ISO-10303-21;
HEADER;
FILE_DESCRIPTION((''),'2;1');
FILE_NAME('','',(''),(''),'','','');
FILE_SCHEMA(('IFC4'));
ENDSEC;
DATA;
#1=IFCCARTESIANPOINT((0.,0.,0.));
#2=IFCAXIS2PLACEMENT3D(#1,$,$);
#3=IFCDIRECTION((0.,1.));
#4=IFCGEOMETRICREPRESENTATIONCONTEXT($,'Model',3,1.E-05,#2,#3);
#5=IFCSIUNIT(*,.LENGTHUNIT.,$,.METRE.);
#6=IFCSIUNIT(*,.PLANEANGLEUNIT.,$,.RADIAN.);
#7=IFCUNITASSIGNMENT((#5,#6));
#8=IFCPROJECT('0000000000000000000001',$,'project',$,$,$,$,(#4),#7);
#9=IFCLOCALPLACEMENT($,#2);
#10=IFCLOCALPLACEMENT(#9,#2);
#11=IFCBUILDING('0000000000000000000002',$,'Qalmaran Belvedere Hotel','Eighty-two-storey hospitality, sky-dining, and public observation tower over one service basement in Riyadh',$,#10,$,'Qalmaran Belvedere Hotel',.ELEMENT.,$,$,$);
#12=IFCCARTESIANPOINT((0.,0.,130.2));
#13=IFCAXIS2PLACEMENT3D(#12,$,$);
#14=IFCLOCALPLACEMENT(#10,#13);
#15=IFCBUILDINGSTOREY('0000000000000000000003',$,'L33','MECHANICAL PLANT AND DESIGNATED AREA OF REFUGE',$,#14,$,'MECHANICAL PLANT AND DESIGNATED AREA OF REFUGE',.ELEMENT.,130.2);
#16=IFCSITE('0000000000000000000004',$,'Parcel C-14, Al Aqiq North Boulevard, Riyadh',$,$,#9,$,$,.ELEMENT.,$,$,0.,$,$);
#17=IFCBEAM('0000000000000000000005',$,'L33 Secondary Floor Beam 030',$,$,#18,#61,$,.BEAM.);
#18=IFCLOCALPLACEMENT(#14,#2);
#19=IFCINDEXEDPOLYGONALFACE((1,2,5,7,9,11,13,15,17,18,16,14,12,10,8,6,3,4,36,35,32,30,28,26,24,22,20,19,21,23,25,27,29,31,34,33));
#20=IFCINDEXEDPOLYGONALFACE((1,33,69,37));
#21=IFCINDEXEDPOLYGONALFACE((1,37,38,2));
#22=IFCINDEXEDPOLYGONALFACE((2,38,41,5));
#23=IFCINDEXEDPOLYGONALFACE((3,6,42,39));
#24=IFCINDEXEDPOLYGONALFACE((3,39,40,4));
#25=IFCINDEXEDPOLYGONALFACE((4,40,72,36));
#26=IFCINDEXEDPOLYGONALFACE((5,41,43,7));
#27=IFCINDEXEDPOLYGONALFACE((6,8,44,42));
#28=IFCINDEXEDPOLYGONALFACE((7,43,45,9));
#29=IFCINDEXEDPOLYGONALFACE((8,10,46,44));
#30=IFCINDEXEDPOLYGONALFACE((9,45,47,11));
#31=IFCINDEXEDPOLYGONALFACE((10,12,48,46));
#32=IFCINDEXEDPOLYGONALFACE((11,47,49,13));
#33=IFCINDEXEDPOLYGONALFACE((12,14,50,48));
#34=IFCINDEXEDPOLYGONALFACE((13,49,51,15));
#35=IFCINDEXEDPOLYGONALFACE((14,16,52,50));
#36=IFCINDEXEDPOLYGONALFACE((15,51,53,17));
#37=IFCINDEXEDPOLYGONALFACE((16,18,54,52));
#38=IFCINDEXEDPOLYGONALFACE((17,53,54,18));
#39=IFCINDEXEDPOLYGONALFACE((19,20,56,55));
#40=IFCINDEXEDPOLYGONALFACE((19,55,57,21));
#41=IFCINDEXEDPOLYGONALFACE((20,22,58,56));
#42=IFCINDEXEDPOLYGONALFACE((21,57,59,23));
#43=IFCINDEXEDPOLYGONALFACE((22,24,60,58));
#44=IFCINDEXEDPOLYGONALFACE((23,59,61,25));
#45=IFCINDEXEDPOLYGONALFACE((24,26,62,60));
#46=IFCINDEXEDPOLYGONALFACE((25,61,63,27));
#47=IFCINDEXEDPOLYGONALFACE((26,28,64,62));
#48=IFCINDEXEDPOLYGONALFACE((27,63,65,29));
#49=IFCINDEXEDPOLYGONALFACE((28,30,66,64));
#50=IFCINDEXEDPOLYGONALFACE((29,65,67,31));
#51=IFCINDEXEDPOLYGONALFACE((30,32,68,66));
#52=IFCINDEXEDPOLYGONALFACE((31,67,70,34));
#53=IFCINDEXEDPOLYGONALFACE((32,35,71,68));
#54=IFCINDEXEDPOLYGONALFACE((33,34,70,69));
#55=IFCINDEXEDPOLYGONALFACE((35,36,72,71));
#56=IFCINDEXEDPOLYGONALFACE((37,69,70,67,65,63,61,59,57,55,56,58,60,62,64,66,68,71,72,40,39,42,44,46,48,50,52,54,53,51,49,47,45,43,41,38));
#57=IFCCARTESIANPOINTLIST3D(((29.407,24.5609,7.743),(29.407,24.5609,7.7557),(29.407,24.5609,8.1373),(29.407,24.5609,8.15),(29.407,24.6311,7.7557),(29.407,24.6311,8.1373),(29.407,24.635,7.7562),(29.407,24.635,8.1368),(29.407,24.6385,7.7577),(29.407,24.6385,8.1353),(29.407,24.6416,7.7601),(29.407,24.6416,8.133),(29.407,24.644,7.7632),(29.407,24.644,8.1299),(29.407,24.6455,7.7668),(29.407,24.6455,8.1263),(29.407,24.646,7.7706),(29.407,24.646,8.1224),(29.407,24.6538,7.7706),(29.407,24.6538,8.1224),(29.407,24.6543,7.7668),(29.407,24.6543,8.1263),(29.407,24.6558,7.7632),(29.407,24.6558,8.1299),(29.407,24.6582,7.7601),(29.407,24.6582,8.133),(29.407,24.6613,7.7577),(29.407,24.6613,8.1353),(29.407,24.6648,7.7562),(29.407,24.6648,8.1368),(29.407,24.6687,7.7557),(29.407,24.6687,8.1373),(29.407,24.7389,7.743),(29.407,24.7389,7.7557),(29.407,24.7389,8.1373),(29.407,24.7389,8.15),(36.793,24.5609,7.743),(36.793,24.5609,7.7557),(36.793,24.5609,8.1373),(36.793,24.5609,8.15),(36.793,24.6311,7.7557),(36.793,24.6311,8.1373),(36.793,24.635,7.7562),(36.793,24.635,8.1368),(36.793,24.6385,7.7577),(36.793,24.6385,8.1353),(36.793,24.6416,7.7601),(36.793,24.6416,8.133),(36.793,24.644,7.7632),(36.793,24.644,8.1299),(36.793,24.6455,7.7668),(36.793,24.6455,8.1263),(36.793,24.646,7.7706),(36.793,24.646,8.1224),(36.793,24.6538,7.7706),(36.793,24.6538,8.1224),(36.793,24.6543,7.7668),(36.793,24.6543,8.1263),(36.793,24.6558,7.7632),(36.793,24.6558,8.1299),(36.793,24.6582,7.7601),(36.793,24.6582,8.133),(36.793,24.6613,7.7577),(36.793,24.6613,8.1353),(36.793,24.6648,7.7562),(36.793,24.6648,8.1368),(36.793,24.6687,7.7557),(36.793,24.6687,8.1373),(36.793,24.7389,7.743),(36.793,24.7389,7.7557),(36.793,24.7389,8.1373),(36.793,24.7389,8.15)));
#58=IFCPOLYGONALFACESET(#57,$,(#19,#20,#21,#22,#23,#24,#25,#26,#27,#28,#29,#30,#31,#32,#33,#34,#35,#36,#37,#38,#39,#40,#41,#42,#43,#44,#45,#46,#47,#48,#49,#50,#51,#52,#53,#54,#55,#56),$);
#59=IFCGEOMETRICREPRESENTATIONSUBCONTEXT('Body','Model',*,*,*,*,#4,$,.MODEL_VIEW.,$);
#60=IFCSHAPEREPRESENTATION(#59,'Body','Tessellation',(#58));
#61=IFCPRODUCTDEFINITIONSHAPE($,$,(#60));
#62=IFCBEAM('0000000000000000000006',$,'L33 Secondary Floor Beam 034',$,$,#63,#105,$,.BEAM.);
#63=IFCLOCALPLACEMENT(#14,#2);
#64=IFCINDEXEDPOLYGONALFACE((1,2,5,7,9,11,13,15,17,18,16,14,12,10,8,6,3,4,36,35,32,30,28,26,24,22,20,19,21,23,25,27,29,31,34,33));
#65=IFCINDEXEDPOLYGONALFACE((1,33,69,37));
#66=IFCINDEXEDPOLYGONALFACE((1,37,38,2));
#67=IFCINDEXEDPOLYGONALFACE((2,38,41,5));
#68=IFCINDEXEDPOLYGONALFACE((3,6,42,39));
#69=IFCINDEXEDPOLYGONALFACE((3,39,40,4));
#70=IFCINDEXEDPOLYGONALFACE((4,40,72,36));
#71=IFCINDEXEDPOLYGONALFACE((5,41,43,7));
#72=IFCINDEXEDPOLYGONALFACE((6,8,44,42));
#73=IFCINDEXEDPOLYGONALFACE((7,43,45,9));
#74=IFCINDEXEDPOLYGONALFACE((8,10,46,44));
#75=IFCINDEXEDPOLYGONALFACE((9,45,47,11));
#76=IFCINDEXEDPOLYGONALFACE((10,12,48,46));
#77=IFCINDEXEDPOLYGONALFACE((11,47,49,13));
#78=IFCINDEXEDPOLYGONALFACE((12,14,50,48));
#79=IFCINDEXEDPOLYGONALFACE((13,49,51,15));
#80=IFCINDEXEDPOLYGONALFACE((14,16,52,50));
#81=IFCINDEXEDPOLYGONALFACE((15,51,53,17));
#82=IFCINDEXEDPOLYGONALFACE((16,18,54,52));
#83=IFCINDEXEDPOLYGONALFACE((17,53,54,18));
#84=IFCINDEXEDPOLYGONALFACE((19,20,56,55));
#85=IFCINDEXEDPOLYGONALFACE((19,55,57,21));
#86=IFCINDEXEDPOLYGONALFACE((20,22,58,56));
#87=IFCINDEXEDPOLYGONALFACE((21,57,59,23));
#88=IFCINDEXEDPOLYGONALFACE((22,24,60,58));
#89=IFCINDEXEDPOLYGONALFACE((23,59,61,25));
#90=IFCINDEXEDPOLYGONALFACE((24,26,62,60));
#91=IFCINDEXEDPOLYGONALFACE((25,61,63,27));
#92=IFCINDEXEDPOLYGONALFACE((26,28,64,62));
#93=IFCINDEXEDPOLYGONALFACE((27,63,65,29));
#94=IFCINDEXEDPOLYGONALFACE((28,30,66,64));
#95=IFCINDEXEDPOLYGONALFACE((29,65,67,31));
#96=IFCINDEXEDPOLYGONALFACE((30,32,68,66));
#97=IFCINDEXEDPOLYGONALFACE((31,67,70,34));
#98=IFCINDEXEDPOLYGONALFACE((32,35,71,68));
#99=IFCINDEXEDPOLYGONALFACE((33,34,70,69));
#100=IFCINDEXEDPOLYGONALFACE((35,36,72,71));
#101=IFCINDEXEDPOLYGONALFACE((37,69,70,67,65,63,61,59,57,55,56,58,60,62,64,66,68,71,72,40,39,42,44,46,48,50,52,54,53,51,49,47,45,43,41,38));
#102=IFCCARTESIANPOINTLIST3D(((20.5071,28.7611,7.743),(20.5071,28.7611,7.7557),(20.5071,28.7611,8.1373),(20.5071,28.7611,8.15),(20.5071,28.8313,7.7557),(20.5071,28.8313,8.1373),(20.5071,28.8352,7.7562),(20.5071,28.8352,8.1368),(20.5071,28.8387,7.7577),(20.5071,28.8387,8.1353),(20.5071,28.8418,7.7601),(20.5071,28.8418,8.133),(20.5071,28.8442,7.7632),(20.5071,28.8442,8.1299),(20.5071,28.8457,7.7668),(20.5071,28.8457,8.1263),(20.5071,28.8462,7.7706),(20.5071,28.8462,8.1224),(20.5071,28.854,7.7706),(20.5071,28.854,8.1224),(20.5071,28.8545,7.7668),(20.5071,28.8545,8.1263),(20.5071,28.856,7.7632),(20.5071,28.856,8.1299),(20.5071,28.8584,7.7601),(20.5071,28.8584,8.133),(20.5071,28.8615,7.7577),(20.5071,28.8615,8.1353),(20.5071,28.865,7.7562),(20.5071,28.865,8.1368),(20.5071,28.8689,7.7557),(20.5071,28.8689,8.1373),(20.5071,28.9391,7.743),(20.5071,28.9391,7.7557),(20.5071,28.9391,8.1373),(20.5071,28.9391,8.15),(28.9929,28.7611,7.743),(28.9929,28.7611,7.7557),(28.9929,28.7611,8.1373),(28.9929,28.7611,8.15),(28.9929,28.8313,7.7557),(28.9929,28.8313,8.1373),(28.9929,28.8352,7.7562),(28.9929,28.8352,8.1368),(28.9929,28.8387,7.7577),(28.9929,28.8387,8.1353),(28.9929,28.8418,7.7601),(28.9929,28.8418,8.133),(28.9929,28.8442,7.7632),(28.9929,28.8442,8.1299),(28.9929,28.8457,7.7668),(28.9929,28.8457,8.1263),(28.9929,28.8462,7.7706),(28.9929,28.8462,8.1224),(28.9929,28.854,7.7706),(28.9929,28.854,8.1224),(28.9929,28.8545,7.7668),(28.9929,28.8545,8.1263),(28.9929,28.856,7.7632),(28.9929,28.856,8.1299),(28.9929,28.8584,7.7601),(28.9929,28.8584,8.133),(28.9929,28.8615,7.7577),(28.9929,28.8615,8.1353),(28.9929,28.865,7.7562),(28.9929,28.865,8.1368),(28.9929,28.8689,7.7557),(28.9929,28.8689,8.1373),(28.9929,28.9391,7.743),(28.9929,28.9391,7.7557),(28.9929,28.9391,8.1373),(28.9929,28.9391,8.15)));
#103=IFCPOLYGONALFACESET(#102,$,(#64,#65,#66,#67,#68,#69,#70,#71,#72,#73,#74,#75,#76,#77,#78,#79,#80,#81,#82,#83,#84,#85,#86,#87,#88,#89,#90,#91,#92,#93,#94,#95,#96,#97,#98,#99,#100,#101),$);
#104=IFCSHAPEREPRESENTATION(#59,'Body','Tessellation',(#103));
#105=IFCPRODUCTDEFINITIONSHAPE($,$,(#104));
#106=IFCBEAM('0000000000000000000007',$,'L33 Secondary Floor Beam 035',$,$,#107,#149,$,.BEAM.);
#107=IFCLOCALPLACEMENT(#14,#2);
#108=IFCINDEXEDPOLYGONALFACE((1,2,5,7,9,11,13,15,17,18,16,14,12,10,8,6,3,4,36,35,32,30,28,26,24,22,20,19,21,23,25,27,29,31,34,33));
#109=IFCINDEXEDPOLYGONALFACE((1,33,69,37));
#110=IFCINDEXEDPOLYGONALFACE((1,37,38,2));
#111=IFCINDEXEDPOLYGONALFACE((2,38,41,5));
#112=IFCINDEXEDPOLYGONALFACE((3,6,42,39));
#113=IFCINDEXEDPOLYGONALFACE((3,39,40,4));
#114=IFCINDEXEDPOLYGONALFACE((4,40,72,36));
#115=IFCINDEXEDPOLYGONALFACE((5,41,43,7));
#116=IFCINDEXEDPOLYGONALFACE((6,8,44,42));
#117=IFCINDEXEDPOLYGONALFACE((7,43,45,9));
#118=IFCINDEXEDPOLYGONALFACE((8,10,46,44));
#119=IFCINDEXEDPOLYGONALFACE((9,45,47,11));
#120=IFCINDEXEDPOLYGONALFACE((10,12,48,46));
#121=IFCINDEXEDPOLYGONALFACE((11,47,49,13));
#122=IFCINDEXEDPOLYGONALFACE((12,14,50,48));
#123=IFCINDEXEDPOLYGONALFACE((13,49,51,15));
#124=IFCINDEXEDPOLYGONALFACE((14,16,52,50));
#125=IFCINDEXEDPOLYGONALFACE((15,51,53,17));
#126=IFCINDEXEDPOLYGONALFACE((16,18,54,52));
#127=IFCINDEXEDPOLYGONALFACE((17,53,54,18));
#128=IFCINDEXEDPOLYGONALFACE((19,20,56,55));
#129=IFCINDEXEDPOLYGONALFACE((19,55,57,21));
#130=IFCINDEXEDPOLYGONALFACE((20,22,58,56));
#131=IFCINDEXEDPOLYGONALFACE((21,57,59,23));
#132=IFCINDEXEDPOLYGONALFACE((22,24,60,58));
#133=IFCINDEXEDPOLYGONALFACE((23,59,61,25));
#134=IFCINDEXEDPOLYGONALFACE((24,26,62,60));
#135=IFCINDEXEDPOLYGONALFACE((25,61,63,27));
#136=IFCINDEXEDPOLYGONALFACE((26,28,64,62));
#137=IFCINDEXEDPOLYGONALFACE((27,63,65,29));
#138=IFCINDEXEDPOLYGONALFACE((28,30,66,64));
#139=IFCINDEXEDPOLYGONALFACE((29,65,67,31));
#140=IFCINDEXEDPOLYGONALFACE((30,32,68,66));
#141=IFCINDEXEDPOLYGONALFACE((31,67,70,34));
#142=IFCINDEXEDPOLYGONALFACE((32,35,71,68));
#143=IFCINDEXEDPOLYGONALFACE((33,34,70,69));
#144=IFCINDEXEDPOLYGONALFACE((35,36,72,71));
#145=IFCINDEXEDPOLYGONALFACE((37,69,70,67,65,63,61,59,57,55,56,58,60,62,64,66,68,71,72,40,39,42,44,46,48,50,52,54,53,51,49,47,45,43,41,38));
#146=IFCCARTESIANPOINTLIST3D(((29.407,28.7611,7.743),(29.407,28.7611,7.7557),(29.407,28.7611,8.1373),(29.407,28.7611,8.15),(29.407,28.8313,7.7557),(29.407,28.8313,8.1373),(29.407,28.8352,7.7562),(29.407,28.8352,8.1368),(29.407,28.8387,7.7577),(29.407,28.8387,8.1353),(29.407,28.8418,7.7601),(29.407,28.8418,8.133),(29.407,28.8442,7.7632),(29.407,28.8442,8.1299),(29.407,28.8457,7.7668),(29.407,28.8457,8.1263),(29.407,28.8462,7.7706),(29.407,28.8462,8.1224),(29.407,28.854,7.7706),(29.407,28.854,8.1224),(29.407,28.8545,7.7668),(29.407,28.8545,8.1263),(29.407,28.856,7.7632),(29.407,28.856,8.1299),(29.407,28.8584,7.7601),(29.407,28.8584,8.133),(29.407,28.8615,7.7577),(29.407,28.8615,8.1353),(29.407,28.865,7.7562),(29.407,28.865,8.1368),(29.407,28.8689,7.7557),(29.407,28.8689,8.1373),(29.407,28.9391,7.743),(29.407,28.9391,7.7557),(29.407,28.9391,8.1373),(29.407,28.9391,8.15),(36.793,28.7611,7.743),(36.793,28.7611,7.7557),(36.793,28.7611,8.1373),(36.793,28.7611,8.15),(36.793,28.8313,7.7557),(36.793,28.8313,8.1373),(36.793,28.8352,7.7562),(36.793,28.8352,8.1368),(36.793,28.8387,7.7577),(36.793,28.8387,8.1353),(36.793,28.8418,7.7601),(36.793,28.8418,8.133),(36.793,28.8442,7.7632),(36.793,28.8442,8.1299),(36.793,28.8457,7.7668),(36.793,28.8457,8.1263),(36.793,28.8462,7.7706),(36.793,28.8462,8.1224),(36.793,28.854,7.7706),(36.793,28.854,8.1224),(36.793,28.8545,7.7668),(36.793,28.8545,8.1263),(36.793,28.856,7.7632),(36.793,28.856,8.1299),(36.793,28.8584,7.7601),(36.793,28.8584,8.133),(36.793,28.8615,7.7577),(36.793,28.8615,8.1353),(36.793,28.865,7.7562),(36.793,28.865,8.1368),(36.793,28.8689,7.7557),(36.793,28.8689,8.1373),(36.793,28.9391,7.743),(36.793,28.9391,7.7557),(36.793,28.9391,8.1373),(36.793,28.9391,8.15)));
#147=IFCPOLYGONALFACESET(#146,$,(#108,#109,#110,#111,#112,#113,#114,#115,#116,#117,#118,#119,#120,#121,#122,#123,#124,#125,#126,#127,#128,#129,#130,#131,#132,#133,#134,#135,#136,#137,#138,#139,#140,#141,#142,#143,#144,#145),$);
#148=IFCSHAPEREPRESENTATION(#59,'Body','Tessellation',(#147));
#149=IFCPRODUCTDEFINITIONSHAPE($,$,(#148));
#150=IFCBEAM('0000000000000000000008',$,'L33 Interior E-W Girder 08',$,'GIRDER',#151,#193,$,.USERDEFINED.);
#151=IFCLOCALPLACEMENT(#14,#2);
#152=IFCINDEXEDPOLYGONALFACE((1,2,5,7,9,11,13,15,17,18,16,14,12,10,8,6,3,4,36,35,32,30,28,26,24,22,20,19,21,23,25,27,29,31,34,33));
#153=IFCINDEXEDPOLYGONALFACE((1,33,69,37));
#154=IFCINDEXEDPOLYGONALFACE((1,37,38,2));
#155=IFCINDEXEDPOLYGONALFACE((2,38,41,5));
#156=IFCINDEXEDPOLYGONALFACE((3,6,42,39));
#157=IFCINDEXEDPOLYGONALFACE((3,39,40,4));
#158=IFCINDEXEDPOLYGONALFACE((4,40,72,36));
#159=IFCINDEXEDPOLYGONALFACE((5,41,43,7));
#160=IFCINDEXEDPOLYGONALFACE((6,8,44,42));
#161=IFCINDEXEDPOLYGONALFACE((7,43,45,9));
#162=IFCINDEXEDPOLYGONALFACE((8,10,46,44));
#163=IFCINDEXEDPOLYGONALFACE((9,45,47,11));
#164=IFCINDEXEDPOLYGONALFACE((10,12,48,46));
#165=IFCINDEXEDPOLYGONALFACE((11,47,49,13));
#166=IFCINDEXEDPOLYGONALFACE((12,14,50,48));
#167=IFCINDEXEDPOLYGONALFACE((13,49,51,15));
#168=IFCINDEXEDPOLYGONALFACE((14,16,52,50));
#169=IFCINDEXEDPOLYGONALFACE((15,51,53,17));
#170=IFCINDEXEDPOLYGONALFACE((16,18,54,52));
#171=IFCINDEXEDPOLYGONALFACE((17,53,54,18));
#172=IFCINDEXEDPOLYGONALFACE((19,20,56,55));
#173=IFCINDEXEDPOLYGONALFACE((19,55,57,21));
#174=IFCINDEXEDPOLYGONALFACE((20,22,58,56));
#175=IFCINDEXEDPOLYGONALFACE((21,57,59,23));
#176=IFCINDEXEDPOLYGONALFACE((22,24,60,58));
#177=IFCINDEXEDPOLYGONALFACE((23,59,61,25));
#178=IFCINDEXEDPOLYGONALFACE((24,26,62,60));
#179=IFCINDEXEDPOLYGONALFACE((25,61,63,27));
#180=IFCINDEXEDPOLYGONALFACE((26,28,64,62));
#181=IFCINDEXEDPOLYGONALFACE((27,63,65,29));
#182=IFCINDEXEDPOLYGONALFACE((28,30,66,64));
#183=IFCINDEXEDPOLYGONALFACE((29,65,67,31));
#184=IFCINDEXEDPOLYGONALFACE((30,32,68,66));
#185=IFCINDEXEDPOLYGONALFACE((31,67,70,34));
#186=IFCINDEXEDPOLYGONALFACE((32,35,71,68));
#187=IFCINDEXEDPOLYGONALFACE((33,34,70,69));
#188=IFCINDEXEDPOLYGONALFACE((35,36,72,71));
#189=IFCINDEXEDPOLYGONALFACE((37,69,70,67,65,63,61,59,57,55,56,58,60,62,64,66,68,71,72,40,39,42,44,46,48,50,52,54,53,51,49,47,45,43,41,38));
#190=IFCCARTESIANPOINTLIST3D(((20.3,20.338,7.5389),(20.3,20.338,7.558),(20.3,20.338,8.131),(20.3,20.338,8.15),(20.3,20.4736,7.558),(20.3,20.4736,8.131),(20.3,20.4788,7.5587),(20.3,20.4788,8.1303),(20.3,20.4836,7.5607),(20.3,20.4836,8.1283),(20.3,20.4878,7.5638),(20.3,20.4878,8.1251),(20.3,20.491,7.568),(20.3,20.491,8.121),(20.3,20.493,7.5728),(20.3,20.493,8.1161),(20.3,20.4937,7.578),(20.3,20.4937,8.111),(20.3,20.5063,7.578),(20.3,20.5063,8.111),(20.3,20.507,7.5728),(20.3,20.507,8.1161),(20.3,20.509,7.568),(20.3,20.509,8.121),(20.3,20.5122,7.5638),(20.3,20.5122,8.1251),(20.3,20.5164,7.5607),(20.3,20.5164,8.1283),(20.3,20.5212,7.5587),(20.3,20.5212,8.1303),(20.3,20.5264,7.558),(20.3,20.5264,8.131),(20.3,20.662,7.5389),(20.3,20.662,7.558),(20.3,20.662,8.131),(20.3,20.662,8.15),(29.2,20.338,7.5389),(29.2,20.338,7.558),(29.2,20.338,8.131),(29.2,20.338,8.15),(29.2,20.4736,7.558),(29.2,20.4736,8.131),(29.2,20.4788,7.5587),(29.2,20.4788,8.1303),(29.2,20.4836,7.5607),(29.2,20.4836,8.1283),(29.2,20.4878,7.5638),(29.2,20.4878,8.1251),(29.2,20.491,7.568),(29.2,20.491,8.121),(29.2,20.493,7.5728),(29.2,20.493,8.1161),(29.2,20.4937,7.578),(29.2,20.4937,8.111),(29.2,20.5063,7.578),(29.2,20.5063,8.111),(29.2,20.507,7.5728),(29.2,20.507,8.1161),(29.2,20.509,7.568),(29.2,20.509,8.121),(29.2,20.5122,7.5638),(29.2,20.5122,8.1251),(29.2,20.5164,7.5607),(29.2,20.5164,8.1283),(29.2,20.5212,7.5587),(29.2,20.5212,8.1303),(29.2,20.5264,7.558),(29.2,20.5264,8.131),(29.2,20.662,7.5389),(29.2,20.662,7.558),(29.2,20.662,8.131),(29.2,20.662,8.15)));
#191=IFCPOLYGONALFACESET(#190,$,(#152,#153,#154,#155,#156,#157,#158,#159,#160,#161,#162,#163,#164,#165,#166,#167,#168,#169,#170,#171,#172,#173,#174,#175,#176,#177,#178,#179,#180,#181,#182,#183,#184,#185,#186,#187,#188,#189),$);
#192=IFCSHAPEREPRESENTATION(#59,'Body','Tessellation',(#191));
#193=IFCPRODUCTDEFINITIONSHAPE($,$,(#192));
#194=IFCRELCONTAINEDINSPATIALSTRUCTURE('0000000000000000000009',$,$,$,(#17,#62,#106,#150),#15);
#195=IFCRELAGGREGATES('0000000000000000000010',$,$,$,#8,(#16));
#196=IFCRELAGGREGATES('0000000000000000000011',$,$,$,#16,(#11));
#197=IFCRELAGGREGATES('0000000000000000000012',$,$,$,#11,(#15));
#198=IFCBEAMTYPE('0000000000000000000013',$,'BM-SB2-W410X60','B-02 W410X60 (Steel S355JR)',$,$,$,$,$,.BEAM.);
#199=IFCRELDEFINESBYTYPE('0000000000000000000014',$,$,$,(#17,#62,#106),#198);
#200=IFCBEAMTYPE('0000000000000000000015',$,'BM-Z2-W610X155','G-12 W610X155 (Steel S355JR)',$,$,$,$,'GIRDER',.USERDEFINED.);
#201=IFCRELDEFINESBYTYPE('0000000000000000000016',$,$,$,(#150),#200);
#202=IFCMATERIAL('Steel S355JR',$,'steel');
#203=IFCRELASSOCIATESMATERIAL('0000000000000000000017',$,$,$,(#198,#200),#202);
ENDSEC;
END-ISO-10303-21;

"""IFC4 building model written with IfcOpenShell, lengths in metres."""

from ifc_helpers import new_model, si_unit, direction, frame, origin, origin_2d, place, context, subcontext, project, spatial, i_section, extrude, material, material_profile, profile_set, type_object, element, save


model = new_model("IFC4")

# Units and contexts
model_context = context("Model", 3, precision=1e-05, world=origin(), true_north=direction((0.0, 1.0)))
body_context = subcontext(model_context, "Body", "Model", "MODEL_VIEW")
ifc_project = project(units=[si_unit("LENGTHUNIT", "METRE"), si_unit("PLANEANGLEUNIT", "RADIAN")], contexts=[model_context])

# Site, building, storey
site_placement = place(None, origin())
site = spatial("IfcSite", under=ifc_project, at=site_placement, Name="Parcel C-14, Al Aqiq North Boulevard, Riyadh", CompositionType="ELEMENT", RefElevation=0.0)
building_placement = place(site_placement, origin())
building = spatial("IfcBuilding", under=site, at=building_placement, Name="Qalmaran Belvedere Hotel", Description="Eighty-two-storey hospitality, sky-dining, and public observation tower over one service basement in Riyadh", LongName="Qalmaran Belvedere Hotel", CompositionType="ELEMENT")
storey_placement = place(building_placement, frame((0.0, 0.0, 130.2)))
storey = spatial("IfcBuildingStorey", under=building, at=storey_placement, Name="L33", Description="MECHANICAL PLANT AND DESIGNATED AREA OF REFUGE", LongName="MECHANICAL PLANT AND DESIGNATED AREA OF REFUGE", CompositionType="ELEMENT", Elevation=130.2)

# Beams
ifc_material_1 = material(Name="Steel S355JR", Category="steel")
ifc_material_profile_1 = material_profile(ifc_material_1, i_section(OverallWidth=0.178, OverallDepth=0.407, WebThickness=0.0078, FlangeThickness=0.0127, FilletRadius=0.0149, at=origin_2d()), Name="W410X60")
ifc_profile_set_1 = profile_set([ifc_material_profile_1], Name="Steel S355JR")
beam_type_1 = type_object("IfcBeamType", Name="BM-SB2-W410X60", Description="B-02 W410X60 (Steel S355JR)", PredefinedType="BEAM", material=ifc_profile_set_1)
beam_1_placement = place(storey_placement, frame((29.407, 24.6499, 7.9465), z_axis=(1.0, 0.0, 0.0), x_axis=(0.0, 1.0, 0.0)))
element("IfcBeam", 1, at=beam_1_placement, inside=storey, type_object=beam_type_1, Name="L33 Secondary Floor Beam 030", PredefinedType="BEAM", context=body_context, shape_type="SweptSolid", body=[
    extrude(i_section(OverallWidth=0.178, OverallDepth=0.407, WebThickness=0.0078, FlangeThickness=0.0127, FilletRadius=0.0149, at=origin_2d()), origin(), (0.0, 0.0, 1.0), 7.386),
])
beam_2_placement = place(storey_placement, frame((20.5071, 28.8501, 7.9465), z_axis=(1.0, 0.0, 0.0), x_axis=(0.0, 1.0, 0.0)))
element("IfcBeam", 2, at=beam_2_placement, inside=storey, type_object=beam_type_1, Name="L33 Secondary Floor Beam 034", PredefinedType="BEAM", context=body_context, shape_type="SweptSolid", body=[
    extrude(i_section(OverallWidth=0.178, OverallDepth=0.407, WebThickness=0.0078, FlangeThickness=0.0127, FilletRadius=0.0149, at=origin_2d()), origin(), (0.0, 0.0, 1.0), 8.4858),
])
beam_3_placement = place(storey_placement, frame((29.407, 28.8501, 7.9465), z_axis=(1.0, 0.0, 0.0), x_axis=(0.0, 1.0, 0.0)))
element("IfcBeam", 3, at=beam_3_placement, inside=storey, type_object=beam_type_1, Name="L33 Secondary Floor Beam 035", PredefinedType="BEAM", context=body_context, shape_type="SweptSolid", body=[
    extrude(i_section(OverallWidth=0.178, OverallDepth=0.407, WebThickness=0.0078, FlangeThickness=0.0127, FilletRadius=0.0149, at=origin_2d()), origin(), (0.0, 0.0, 1.0), 7.386),
])
ifc_material_profile_2 = material_profile(ifc_material_1, i_section(OverallWidth=0.324, OverallDepth=0.6111, WebThickness=0.0127, FlangeThickness=0.019, FilletRadius=0.02, at=origin_2d()), Name="W610X155")
ifc_profile_set_2 = profile_set([ifc_material_profile_2], Name="Steel S355JR")
beam_type_2 = type_object("IfcBeamType", Name="BM-Z2-W610X155", Description="G-12 W610X155 (Steel S355JR)", ElementType="GIRDER", PredefinedType="USERDEFINED", material=ifc_profile_set_2)
beam_4_placement = place(storey_placement, frame((20.3, 20.5, 7.8445), z_axis=(1.0, 0.0, 0.0), x_axis=(0.0, 1.0, 0.0)))
element("IfcBeam", 4, at=beam_4_placement, inside=storey, type_object=beam_type_2, Name="L33 Interior E-W Girder 08", ObjectType="GIRDER", PredefinedType="USERDEFINED", context=body_context, shape_type="SweptSolid", body=[
    extrude(i_section(OverallWidth=0.324, OverallDepth=0.6111, WebThickness=0.0127, FlangeThickness=0.019, FilletRadius=0.02, at=origin_2d()), origin(), (0.0, 0.0, 1.0), 8.8999),
])

save(model, "model.ifc")
